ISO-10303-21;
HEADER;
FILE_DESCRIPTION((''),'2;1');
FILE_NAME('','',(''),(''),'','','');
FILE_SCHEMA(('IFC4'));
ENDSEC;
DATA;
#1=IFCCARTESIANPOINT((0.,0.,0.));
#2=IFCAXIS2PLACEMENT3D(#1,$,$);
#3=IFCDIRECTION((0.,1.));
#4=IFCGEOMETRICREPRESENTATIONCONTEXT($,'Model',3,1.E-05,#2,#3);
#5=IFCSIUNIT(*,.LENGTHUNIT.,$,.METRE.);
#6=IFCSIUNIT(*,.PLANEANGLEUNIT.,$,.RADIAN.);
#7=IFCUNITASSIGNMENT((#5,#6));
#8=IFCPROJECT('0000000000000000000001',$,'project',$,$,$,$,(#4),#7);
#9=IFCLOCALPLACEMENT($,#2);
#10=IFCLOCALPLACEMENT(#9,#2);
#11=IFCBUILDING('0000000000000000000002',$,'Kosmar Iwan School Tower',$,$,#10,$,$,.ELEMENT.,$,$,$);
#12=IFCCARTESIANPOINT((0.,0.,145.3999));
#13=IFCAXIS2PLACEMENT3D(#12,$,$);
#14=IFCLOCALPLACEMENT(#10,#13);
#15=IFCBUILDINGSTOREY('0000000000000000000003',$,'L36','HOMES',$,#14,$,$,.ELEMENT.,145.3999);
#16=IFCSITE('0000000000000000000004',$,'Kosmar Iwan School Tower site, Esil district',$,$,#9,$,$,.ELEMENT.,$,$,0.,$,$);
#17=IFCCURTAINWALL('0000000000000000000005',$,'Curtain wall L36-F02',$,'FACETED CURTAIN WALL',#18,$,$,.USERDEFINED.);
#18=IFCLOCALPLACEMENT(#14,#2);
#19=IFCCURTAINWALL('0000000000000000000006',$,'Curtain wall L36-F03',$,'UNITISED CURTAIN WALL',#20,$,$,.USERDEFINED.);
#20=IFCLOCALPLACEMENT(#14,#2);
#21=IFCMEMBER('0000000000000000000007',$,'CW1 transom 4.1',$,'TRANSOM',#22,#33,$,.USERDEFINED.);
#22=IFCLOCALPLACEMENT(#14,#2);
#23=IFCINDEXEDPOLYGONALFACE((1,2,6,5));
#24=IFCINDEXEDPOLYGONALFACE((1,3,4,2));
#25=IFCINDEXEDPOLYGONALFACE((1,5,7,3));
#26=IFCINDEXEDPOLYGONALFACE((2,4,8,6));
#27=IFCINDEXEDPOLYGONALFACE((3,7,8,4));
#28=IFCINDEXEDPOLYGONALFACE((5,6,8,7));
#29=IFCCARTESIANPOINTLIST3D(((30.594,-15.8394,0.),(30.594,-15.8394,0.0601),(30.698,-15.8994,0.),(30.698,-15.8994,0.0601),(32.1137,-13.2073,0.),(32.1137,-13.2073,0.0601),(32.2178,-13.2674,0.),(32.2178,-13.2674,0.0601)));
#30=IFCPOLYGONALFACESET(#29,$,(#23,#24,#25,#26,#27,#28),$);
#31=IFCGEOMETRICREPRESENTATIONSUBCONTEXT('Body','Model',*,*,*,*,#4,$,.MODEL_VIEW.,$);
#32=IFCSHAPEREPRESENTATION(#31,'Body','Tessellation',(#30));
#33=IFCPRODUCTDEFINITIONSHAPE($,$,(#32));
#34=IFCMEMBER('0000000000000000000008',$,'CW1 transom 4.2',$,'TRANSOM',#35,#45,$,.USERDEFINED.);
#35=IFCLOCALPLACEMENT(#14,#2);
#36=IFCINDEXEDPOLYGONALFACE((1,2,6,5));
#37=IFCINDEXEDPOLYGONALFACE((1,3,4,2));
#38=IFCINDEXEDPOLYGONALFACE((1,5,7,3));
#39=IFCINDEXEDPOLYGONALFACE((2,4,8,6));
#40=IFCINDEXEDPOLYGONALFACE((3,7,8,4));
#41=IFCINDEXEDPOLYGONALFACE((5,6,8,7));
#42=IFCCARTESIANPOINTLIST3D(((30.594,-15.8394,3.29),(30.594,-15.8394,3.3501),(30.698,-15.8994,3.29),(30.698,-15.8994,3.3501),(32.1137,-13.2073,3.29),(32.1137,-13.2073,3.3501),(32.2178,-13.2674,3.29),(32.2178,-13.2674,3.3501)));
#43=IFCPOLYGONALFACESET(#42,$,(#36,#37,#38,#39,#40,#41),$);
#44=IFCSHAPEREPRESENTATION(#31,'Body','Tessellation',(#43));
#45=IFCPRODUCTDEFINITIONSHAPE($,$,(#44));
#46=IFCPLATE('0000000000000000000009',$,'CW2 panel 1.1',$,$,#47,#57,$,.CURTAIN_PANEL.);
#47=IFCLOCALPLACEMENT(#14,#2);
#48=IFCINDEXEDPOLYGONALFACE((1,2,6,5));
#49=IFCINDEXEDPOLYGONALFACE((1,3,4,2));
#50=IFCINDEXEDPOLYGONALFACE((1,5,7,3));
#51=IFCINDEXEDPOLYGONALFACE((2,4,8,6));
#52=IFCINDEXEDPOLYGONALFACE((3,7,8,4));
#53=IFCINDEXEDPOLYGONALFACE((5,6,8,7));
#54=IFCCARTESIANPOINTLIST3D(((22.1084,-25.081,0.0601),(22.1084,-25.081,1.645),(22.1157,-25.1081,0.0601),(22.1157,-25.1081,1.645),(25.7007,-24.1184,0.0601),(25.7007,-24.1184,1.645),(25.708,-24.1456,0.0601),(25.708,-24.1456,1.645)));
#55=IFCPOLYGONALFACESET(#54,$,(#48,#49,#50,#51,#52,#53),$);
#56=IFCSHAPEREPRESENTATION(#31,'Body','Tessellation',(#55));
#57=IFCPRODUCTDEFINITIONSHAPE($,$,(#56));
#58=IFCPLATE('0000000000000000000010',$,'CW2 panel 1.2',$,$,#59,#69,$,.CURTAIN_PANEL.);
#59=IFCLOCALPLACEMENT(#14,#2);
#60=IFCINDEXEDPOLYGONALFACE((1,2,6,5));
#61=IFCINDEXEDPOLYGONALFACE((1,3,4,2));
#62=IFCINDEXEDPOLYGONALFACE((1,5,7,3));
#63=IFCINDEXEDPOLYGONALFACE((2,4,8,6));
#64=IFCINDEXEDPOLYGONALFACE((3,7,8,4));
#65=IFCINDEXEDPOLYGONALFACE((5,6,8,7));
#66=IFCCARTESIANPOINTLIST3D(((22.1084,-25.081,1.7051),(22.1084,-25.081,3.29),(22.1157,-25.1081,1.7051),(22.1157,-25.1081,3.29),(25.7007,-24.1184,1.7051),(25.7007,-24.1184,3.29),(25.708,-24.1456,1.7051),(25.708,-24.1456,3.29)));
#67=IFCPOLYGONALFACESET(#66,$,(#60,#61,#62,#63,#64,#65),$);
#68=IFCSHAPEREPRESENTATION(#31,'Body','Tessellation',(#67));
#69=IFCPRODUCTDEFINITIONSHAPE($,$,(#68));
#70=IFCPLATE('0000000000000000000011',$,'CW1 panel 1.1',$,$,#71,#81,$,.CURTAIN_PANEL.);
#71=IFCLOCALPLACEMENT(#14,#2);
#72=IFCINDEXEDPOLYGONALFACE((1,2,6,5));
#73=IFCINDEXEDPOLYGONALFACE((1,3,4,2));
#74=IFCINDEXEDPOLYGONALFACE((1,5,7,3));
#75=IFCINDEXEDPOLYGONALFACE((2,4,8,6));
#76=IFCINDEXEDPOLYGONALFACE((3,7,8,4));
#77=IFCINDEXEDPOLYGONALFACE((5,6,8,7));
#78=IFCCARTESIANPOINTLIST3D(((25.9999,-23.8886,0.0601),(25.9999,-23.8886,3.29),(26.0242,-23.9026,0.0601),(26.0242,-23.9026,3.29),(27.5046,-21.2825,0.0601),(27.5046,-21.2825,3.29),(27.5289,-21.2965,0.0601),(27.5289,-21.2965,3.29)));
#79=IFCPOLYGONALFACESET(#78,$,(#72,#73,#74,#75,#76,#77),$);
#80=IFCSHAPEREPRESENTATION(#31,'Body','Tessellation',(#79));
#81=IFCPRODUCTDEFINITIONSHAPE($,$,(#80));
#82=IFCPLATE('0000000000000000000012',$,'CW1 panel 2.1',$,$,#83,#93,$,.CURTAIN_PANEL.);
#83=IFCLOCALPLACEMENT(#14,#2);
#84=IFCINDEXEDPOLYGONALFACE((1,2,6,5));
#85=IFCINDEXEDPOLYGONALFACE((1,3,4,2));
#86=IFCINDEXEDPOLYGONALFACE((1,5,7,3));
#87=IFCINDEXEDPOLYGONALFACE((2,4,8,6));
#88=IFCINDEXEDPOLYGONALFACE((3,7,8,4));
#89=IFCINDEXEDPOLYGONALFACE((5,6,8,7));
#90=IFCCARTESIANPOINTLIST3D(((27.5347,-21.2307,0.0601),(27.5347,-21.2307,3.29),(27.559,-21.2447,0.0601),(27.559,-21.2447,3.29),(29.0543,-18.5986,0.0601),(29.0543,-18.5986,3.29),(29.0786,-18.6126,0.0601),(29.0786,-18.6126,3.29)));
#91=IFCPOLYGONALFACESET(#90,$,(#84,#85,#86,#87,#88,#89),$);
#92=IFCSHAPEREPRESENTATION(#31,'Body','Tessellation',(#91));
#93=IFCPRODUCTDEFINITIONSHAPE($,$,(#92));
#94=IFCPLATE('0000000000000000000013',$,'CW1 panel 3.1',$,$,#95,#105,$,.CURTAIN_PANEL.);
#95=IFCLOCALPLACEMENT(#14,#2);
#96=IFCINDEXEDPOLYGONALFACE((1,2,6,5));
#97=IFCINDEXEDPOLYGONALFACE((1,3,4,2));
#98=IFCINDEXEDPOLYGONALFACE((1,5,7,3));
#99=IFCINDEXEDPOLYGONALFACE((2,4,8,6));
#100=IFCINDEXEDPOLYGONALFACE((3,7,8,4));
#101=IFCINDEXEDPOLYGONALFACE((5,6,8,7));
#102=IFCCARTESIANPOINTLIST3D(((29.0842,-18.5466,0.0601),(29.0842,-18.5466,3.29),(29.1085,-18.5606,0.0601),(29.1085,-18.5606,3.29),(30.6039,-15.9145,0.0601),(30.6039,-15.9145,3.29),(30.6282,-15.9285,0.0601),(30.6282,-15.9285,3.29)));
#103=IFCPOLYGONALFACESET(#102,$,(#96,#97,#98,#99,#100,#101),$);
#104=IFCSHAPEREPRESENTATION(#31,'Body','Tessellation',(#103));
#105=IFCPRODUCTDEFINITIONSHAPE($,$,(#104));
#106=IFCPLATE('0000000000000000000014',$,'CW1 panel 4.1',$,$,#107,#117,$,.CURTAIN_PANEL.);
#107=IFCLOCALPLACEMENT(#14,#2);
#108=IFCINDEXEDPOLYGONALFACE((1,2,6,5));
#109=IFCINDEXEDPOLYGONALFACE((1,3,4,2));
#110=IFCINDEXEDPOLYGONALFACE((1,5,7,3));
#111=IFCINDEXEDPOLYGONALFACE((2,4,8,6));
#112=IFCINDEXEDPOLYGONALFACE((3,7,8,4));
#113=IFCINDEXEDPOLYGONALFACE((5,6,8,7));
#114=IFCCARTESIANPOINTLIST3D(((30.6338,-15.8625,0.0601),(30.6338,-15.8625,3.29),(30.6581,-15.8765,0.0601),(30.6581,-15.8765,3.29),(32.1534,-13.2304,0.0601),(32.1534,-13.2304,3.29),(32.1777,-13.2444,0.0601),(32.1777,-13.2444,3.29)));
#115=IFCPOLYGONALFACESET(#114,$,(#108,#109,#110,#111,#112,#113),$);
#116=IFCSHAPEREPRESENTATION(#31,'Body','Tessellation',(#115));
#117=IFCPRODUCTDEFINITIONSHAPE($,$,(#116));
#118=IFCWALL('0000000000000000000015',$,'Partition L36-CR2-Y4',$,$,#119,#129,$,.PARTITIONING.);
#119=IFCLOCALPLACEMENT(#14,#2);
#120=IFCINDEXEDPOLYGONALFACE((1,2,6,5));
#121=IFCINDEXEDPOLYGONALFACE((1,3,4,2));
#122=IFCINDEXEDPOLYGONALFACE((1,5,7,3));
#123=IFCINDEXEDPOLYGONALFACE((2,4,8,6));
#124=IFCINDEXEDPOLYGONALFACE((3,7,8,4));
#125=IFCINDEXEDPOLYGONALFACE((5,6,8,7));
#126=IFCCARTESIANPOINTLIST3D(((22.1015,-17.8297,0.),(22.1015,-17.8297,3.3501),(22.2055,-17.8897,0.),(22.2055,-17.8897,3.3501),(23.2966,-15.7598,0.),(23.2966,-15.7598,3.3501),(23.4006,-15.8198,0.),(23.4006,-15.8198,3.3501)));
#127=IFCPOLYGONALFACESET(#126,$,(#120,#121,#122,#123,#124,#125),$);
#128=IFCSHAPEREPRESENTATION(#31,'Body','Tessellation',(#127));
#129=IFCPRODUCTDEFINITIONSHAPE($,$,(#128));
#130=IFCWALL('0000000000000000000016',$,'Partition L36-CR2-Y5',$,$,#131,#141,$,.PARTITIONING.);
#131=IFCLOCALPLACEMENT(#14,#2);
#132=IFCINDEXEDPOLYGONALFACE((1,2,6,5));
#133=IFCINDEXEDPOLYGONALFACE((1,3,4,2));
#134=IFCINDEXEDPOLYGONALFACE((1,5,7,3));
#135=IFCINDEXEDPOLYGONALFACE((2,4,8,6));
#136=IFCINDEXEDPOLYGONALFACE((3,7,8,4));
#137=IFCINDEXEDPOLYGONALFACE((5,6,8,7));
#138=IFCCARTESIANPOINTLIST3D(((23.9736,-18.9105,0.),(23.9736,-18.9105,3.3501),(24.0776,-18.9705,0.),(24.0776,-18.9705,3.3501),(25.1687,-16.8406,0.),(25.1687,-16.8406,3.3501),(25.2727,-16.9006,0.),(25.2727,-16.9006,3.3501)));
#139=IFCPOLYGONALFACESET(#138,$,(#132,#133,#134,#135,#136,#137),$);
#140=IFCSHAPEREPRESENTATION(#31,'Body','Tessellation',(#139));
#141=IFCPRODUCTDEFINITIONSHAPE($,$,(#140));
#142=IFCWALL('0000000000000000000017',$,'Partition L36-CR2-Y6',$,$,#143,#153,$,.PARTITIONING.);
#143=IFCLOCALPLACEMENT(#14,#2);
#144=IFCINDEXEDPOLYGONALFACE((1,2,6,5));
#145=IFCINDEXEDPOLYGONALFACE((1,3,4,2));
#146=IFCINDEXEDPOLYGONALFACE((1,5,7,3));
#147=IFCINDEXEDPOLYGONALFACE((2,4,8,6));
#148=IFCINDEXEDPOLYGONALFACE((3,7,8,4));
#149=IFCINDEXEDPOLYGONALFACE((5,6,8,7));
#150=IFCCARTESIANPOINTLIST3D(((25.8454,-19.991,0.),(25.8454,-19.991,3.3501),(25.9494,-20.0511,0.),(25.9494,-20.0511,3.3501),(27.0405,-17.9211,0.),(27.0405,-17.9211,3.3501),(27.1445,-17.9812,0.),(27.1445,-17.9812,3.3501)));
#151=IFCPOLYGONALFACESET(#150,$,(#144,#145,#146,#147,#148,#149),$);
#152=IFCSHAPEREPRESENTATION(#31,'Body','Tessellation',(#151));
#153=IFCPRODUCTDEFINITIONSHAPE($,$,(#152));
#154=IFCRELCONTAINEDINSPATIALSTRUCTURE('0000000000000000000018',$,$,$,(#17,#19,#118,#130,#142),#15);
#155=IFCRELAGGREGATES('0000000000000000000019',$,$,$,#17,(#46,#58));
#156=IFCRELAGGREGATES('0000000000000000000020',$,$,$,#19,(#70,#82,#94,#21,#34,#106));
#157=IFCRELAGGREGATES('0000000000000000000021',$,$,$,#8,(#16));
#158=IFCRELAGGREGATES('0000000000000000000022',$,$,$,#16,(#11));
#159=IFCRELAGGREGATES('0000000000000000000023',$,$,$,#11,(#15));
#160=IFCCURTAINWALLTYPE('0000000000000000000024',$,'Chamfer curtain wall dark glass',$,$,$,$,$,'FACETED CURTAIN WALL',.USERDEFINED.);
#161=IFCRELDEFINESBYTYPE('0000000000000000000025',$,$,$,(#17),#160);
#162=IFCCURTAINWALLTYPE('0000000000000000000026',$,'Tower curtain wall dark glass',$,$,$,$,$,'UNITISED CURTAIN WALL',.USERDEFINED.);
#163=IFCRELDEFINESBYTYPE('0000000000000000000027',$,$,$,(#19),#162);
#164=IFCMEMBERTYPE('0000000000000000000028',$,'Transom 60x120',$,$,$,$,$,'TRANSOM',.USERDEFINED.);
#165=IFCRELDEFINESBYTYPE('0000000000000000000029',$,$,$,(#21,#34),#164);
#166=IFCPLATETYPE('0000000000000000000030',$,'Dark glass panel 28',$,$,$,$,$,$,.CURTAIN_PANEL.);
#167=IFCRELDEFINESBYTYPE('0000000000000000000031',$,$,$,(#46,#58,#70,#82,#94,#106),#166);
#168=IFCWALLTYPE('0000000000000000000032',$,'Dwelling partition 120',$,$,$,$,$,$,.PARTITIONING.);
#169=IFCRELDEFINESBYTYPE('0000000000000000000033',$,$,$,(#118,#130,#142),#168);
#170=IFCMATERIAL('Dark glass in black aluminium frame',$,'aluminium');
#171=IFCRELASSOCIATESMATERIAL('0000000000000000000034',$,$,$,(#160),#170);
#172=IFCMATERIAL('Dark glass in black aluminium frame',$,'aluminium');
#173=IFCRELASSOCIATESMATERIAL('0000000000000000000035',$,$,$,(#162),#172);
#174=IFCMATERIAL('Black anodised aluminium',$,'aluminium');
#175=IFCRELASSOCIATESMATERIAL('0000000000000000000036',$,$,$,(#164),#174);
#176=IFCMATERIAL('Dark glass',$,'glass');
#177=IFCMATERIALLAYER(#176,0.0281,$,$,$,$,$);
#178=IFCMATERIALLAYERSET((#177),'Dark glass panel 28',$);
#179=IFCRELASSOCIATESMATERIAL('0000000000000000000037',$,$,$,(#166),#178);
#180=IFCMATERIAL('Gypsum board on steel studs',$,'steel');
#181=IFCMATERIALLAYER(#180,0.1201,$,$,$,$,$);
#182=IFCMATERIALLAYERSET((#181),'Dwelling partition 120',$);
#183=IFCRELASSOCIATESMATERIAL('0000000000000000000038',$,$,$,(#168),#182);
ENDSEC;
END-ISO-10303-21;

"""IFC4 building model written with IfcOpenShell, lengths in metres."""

from ifc_helpers import new_model, si_unit, direction, frame, frame_2d, origin, origin_2d, place, context, subcontext, project, spatial, rectangle, extrude, material, layer, layer_set, material_profile, profile_set, type_object, element, aggregate, save


model = new_model("IFC4")

# Units and contexts
model_context = context("Model", 3, precision=1e-05, world=origin(), true_north=direction((0.0, 1.0)))
body_context = subcontext(model_context, "Body", "Model", "MODEL_VIEW")
ifc_project = project(units=[si_unit("LENGTHUNIT", "METRE"), si_unit("PLANEANGLEUNIT", "RADIAN")], contexts=[model_context])

# Site, building, storey
site_placement = place(None, origin())
site = spatial("IfcSite", under=ifc_project, at=site_placement, Name="Kosmar Iwan School Tower site, Esil district", CompositionType="ELEMENT", RefElevation=0.0)
building_placement = place(site_placement, origin())
building = spatial("IfcBuilding", under=site, at=building_placement, Name="Kosmar Iwan School Tower", CompositionType="ELEMENT")
storey_placement = place(building_placement, frame((0.0, 0.0, 145.3999)))
storey = spatial("IfcBuildingStorey", under=building, at=storey_placement, Name="L36", Description="HOMES", CompositionType="ELEMENT", Elevation=145.3999)

# Curtain wall
ifc_material_1 = material(Name="Dark glass in black aluminium frame", Category="aluminium")
curtain_wall_type_1 = type_object("IfcCurtainWallType", Name="Chamfer curtain wall dark glass", ElementType="FACETED CURTAIN WALL", PredefinedType="USERDEFINED", material=ifc_material_1)
curtain_wall_1_placement = place(storey_placement, origin())
curtain_wall_1 = element("IfcCurtainWall", 1, at=curtain_wall_1_placement, inside=storey, type_object=curtain_wall_type_1, Name="Curtain wall L36-F02", ObjectType="FACETED CURTAIN WALL", PredefinedType="USERDEFINED")

# Curtain wall
ifc_material_2 = material(Name="Dark glass in black aluminium frame", Category="aluminium")
curtain_wall_type_2 = type_object("IfcCurtainWallType", Name="Tower curtain wall dark glass", ElementType="UNITISED CURTAIN WALL", PredefinedType="USERDEFINED", material=ifc_material_2)
curtain_wall_2_placement = place(storey_placement, origin())
curtain_wall_2 = element("IfcCurtainWall", 2, at=curtain_wall_2_placement, inside=storey, type_object=curtain_wall_type_2, Name="Curtain wall L36-F03", ObjectType="UNITISED CURTAIN WALL", PredefinedType="USERDEFINED")

# Members
ifc_material_3 = material(Name="Black anodised aluminium", Category="aluminium")
ifc_material_profile_1 = material_profile(ifc_material_3, rectangle(XDim=0.1201, YDim=0.0601, at=origin_2d()), Name="TRANSOM 60x120")
ifc_profile_set_1 = profile_set([ifc_material_profile_1], Name="Black anodised aluminium")
member_type_1 = type_object("IfcMemberType", Name="Transom 60x120", ElementType="TRANSOM", PredefinedType="USERDEFINED", material=ifc_profile_set_1)
member_1_placement = place(storey_placement, frame((30.646, -15.8694, 0.03), z_axis=(0.500035, 0.866005, 0.0), x_axis=(-0.866005, 0.500035, 0.0)))
member_1 = element("IfcMember", 3, at=member_1_placement, type_object=member_type_1, Name="CW1 transom 4.1", ObjectType="TRANSOM", PredefinedType="USERDEFINED", context=body_context, shape_type="SweptSolid", body=[
    extrude(rectangle(XDim=0.1201, YDim=0.0601, at=origin_2d()), origin(), (0.0, 0.0, 1.0), 3.0393),
])
member_2_placement = place(storey_placement, frame((30.646, -15.8694, 3.3201), z_axis=(0.500035, 0.866005, 0.0), x_axis=(-0.866005, 0.500035, 0.0)))
member_2 = element("IfcMember", 4, at=member_2_placement, type_object=member_type_1, Name="CW1 transom 4.2", ObjectType="TRANSOM", PredefinedType="USERDEFINED", context=body_context, shape_type="SweptSolid", body=[
    extrude(rectangle(XDim=0.1201, YDim=0.0601, at=origin_2d()), origin(), (0.0, 0.0, 1.0), 3.0393),
])

# Plates
ifc_material_4 = material(Name="Dark glass", Category="glass")
ifc_layer_1 = layer(ifc_material_4, 0.0281)
ifc_layer_set_1 = layer_set([ifc_layer_1], Name="Dark glass panel 28")
plate_type = type_object("IfcPlateType", Name="Dark glass panel 28", PredefinedType="CURTAIN_PANEL", material=ifc_layer_set_1)
plate_1_placement = place(storey_placement, frame((23.9082, -24.6133, 0.0601), z_axis=(0.0, 0.0, 1.0), x_axis=(0.965926, 0.258819, 0.0)))
plate_1 = element("IfcPlate", 5, at=plate_1_placement, type_object=plate_type, Name="CW2 panel 1.1", PredefinedType="CURTAIN_PANEL", context=body_context, shape_type="SweptSolid", body=[
    extrude(rectangle(XDim=3.719, YDim=0.0281, at=origin_2d()), origin(), (0.0, 0.0, 1.0), 1.585),
])
plate_2_placement = place(storey_placement, frame((23.9082, -24.6133, 1.7051), z_axis=(0.0, 0.0, 1.0), x_axis=(0.965926, 0.258819, 0.0)))
plate_2 = element("IfcPlate", 6, at=plate_2_placement, type_object=plate_type, Name="CW2 panel 1.2", PredefinedType="CURTAIN_PANEL", context=body_context, shape_type="SweptSolid", body=[
    extrude(rectangle(XDim=3.719, YDim=0.0281, at=origin_2d()), origin(), (0.0, 0.0, 1.0), 1.585),
])
aggregate(curtain_wall_1, [plate_1, plate_2])
plate_3_placement = place(storey_placement, frame((26.7644, -22.5925, 0.0601), z_axis=(0.0, 0.0, 1.0), x_axis=(0.5, 0.866025, 0.0)))
plate_3 = element("IfcPlate", 7, at=plate_3_placement, type_object=plate_type, Name="CW1 panel 1.1", PredefinedType="CURTAIN_PANEL", context=body_context, shape_type="SweptSolid", body=[
    extrude(rectangle(XDim=3.0093, YDim=0.0281, at=origin_2d()), origin(), (0.0, 0.0, 1.0), 3.23),
])
plate_4_placement = place(storey_placement, frame((28.3066, -19.9216, 0.0601), z_axis=(0.0, 0.0, 1.0), x_axis=(0.5, 0.866025, 0.0)))
plate_4 = element("IfcPlate", 8, at=plate_4_placement, type_object=plate_type, Name="CW1 panel 2.1", PredefinedType="CURTAIN_PANEL", context=body_context, shape_type="SweptSolid", body=[
    extrude(rectangle(XDim=3.0393, YDim=0.0281, at=origin_2d()), origin(), (0.0, 0.0, 1.0), 3.23),
])
plate_5_placement = place(storey_placement, frame((29.8562, -17.2375, 0.0601), z_axis=(0.0, 0.0, 1.0), x_axis=(0.5, 0.866025, 0.0)))
plate_5 = element("IfcPlate", 9, at=plate_5_placement, type_object=plate_type, Name="CW1 panel 3.1", PredefinedType="CURTAIN_PANEL", context=body_context, shape_type="SweptSolid", body=[
    extrude(rectangle(XDim=3.0393, YDim=0.0281, at=origin_2d()), origin(), (0.0, 0.0, 1.0), 3.23),
])
plate_6_placement = place(storey_placement, frame((31.4058, -14.5535, 0.0601), z_axis=(0.0, 0.0, 1.0), x_axis=(0.5, 0.866025, 0.0)))
plate_6 = element("IfcPlate", 10, at=plate_6_placement, type_object=plate_type, Name="CW1 panel 4.1", PredefinedType="CURTAIN_PANEL", context=body_context, shape_type="SweptSolid", body=[
    extrude(rectangle(XDim=3.0393, YDim=0.0281, at=origin_2d()), origin(), (0.0, 0.0, 1.0), 3.23),
])
aggregate(curtain_wall_2, [plate_3, plate_4, plate_5, member_1, member_2, plate_6])

# Walls
ifc_material_5 = material(Name="Gypsum board on steel studs", Category="steel")
ifc_layer_2 = layer(ifc_material_5, 0.1201)
ifc_layer_set_2 = layer_set([ifc_layer_2], Name="Dwelling partition 120")
wall_type = type_object("IfcWallType", Name="Dwelling partition 120", PredefinedType="PARTITIONING", material=ifc_layer_set_2)
for number, where, z_axis, x_axis, name in (
    (11, (23.3486, -15.7898, 0.0), (0.0, 0.0, 1.0), (-0.500017, -0.866015, 0.0), "Partition L36-CR2-Y4"),
    (12, (25.2207, -16.8706, 0.0), (0.0, 0.0, 1.0), (-0.500017, -0.866015, 0.0), "Partition L36-CR2-Y5"),
    (13, (27.0925, -17.9512, 0.0), (0.0, 0.0, 1.0), (-0.500017, -0.866015, 0.0), "Partition L36-CR2-Y6"),
):
    element("IfcWall", number, at=place(storey_placement, frame(where, z_axis=z_axis, x_axis=x_axis)), inside=storey, type_object=wall_type, Name=name, PredefinedType="PARTITIONING", context=body_context, shape_type="SweptSolid", body=[
        extrude(rectangle(XDim=2.3901, YDim=0.1201, at=frame_2d((1.1951, 0.0))), origin(), (0.0, 0.0, 1.0), 3.3501),
    ])

save(model, "model.ifc")
